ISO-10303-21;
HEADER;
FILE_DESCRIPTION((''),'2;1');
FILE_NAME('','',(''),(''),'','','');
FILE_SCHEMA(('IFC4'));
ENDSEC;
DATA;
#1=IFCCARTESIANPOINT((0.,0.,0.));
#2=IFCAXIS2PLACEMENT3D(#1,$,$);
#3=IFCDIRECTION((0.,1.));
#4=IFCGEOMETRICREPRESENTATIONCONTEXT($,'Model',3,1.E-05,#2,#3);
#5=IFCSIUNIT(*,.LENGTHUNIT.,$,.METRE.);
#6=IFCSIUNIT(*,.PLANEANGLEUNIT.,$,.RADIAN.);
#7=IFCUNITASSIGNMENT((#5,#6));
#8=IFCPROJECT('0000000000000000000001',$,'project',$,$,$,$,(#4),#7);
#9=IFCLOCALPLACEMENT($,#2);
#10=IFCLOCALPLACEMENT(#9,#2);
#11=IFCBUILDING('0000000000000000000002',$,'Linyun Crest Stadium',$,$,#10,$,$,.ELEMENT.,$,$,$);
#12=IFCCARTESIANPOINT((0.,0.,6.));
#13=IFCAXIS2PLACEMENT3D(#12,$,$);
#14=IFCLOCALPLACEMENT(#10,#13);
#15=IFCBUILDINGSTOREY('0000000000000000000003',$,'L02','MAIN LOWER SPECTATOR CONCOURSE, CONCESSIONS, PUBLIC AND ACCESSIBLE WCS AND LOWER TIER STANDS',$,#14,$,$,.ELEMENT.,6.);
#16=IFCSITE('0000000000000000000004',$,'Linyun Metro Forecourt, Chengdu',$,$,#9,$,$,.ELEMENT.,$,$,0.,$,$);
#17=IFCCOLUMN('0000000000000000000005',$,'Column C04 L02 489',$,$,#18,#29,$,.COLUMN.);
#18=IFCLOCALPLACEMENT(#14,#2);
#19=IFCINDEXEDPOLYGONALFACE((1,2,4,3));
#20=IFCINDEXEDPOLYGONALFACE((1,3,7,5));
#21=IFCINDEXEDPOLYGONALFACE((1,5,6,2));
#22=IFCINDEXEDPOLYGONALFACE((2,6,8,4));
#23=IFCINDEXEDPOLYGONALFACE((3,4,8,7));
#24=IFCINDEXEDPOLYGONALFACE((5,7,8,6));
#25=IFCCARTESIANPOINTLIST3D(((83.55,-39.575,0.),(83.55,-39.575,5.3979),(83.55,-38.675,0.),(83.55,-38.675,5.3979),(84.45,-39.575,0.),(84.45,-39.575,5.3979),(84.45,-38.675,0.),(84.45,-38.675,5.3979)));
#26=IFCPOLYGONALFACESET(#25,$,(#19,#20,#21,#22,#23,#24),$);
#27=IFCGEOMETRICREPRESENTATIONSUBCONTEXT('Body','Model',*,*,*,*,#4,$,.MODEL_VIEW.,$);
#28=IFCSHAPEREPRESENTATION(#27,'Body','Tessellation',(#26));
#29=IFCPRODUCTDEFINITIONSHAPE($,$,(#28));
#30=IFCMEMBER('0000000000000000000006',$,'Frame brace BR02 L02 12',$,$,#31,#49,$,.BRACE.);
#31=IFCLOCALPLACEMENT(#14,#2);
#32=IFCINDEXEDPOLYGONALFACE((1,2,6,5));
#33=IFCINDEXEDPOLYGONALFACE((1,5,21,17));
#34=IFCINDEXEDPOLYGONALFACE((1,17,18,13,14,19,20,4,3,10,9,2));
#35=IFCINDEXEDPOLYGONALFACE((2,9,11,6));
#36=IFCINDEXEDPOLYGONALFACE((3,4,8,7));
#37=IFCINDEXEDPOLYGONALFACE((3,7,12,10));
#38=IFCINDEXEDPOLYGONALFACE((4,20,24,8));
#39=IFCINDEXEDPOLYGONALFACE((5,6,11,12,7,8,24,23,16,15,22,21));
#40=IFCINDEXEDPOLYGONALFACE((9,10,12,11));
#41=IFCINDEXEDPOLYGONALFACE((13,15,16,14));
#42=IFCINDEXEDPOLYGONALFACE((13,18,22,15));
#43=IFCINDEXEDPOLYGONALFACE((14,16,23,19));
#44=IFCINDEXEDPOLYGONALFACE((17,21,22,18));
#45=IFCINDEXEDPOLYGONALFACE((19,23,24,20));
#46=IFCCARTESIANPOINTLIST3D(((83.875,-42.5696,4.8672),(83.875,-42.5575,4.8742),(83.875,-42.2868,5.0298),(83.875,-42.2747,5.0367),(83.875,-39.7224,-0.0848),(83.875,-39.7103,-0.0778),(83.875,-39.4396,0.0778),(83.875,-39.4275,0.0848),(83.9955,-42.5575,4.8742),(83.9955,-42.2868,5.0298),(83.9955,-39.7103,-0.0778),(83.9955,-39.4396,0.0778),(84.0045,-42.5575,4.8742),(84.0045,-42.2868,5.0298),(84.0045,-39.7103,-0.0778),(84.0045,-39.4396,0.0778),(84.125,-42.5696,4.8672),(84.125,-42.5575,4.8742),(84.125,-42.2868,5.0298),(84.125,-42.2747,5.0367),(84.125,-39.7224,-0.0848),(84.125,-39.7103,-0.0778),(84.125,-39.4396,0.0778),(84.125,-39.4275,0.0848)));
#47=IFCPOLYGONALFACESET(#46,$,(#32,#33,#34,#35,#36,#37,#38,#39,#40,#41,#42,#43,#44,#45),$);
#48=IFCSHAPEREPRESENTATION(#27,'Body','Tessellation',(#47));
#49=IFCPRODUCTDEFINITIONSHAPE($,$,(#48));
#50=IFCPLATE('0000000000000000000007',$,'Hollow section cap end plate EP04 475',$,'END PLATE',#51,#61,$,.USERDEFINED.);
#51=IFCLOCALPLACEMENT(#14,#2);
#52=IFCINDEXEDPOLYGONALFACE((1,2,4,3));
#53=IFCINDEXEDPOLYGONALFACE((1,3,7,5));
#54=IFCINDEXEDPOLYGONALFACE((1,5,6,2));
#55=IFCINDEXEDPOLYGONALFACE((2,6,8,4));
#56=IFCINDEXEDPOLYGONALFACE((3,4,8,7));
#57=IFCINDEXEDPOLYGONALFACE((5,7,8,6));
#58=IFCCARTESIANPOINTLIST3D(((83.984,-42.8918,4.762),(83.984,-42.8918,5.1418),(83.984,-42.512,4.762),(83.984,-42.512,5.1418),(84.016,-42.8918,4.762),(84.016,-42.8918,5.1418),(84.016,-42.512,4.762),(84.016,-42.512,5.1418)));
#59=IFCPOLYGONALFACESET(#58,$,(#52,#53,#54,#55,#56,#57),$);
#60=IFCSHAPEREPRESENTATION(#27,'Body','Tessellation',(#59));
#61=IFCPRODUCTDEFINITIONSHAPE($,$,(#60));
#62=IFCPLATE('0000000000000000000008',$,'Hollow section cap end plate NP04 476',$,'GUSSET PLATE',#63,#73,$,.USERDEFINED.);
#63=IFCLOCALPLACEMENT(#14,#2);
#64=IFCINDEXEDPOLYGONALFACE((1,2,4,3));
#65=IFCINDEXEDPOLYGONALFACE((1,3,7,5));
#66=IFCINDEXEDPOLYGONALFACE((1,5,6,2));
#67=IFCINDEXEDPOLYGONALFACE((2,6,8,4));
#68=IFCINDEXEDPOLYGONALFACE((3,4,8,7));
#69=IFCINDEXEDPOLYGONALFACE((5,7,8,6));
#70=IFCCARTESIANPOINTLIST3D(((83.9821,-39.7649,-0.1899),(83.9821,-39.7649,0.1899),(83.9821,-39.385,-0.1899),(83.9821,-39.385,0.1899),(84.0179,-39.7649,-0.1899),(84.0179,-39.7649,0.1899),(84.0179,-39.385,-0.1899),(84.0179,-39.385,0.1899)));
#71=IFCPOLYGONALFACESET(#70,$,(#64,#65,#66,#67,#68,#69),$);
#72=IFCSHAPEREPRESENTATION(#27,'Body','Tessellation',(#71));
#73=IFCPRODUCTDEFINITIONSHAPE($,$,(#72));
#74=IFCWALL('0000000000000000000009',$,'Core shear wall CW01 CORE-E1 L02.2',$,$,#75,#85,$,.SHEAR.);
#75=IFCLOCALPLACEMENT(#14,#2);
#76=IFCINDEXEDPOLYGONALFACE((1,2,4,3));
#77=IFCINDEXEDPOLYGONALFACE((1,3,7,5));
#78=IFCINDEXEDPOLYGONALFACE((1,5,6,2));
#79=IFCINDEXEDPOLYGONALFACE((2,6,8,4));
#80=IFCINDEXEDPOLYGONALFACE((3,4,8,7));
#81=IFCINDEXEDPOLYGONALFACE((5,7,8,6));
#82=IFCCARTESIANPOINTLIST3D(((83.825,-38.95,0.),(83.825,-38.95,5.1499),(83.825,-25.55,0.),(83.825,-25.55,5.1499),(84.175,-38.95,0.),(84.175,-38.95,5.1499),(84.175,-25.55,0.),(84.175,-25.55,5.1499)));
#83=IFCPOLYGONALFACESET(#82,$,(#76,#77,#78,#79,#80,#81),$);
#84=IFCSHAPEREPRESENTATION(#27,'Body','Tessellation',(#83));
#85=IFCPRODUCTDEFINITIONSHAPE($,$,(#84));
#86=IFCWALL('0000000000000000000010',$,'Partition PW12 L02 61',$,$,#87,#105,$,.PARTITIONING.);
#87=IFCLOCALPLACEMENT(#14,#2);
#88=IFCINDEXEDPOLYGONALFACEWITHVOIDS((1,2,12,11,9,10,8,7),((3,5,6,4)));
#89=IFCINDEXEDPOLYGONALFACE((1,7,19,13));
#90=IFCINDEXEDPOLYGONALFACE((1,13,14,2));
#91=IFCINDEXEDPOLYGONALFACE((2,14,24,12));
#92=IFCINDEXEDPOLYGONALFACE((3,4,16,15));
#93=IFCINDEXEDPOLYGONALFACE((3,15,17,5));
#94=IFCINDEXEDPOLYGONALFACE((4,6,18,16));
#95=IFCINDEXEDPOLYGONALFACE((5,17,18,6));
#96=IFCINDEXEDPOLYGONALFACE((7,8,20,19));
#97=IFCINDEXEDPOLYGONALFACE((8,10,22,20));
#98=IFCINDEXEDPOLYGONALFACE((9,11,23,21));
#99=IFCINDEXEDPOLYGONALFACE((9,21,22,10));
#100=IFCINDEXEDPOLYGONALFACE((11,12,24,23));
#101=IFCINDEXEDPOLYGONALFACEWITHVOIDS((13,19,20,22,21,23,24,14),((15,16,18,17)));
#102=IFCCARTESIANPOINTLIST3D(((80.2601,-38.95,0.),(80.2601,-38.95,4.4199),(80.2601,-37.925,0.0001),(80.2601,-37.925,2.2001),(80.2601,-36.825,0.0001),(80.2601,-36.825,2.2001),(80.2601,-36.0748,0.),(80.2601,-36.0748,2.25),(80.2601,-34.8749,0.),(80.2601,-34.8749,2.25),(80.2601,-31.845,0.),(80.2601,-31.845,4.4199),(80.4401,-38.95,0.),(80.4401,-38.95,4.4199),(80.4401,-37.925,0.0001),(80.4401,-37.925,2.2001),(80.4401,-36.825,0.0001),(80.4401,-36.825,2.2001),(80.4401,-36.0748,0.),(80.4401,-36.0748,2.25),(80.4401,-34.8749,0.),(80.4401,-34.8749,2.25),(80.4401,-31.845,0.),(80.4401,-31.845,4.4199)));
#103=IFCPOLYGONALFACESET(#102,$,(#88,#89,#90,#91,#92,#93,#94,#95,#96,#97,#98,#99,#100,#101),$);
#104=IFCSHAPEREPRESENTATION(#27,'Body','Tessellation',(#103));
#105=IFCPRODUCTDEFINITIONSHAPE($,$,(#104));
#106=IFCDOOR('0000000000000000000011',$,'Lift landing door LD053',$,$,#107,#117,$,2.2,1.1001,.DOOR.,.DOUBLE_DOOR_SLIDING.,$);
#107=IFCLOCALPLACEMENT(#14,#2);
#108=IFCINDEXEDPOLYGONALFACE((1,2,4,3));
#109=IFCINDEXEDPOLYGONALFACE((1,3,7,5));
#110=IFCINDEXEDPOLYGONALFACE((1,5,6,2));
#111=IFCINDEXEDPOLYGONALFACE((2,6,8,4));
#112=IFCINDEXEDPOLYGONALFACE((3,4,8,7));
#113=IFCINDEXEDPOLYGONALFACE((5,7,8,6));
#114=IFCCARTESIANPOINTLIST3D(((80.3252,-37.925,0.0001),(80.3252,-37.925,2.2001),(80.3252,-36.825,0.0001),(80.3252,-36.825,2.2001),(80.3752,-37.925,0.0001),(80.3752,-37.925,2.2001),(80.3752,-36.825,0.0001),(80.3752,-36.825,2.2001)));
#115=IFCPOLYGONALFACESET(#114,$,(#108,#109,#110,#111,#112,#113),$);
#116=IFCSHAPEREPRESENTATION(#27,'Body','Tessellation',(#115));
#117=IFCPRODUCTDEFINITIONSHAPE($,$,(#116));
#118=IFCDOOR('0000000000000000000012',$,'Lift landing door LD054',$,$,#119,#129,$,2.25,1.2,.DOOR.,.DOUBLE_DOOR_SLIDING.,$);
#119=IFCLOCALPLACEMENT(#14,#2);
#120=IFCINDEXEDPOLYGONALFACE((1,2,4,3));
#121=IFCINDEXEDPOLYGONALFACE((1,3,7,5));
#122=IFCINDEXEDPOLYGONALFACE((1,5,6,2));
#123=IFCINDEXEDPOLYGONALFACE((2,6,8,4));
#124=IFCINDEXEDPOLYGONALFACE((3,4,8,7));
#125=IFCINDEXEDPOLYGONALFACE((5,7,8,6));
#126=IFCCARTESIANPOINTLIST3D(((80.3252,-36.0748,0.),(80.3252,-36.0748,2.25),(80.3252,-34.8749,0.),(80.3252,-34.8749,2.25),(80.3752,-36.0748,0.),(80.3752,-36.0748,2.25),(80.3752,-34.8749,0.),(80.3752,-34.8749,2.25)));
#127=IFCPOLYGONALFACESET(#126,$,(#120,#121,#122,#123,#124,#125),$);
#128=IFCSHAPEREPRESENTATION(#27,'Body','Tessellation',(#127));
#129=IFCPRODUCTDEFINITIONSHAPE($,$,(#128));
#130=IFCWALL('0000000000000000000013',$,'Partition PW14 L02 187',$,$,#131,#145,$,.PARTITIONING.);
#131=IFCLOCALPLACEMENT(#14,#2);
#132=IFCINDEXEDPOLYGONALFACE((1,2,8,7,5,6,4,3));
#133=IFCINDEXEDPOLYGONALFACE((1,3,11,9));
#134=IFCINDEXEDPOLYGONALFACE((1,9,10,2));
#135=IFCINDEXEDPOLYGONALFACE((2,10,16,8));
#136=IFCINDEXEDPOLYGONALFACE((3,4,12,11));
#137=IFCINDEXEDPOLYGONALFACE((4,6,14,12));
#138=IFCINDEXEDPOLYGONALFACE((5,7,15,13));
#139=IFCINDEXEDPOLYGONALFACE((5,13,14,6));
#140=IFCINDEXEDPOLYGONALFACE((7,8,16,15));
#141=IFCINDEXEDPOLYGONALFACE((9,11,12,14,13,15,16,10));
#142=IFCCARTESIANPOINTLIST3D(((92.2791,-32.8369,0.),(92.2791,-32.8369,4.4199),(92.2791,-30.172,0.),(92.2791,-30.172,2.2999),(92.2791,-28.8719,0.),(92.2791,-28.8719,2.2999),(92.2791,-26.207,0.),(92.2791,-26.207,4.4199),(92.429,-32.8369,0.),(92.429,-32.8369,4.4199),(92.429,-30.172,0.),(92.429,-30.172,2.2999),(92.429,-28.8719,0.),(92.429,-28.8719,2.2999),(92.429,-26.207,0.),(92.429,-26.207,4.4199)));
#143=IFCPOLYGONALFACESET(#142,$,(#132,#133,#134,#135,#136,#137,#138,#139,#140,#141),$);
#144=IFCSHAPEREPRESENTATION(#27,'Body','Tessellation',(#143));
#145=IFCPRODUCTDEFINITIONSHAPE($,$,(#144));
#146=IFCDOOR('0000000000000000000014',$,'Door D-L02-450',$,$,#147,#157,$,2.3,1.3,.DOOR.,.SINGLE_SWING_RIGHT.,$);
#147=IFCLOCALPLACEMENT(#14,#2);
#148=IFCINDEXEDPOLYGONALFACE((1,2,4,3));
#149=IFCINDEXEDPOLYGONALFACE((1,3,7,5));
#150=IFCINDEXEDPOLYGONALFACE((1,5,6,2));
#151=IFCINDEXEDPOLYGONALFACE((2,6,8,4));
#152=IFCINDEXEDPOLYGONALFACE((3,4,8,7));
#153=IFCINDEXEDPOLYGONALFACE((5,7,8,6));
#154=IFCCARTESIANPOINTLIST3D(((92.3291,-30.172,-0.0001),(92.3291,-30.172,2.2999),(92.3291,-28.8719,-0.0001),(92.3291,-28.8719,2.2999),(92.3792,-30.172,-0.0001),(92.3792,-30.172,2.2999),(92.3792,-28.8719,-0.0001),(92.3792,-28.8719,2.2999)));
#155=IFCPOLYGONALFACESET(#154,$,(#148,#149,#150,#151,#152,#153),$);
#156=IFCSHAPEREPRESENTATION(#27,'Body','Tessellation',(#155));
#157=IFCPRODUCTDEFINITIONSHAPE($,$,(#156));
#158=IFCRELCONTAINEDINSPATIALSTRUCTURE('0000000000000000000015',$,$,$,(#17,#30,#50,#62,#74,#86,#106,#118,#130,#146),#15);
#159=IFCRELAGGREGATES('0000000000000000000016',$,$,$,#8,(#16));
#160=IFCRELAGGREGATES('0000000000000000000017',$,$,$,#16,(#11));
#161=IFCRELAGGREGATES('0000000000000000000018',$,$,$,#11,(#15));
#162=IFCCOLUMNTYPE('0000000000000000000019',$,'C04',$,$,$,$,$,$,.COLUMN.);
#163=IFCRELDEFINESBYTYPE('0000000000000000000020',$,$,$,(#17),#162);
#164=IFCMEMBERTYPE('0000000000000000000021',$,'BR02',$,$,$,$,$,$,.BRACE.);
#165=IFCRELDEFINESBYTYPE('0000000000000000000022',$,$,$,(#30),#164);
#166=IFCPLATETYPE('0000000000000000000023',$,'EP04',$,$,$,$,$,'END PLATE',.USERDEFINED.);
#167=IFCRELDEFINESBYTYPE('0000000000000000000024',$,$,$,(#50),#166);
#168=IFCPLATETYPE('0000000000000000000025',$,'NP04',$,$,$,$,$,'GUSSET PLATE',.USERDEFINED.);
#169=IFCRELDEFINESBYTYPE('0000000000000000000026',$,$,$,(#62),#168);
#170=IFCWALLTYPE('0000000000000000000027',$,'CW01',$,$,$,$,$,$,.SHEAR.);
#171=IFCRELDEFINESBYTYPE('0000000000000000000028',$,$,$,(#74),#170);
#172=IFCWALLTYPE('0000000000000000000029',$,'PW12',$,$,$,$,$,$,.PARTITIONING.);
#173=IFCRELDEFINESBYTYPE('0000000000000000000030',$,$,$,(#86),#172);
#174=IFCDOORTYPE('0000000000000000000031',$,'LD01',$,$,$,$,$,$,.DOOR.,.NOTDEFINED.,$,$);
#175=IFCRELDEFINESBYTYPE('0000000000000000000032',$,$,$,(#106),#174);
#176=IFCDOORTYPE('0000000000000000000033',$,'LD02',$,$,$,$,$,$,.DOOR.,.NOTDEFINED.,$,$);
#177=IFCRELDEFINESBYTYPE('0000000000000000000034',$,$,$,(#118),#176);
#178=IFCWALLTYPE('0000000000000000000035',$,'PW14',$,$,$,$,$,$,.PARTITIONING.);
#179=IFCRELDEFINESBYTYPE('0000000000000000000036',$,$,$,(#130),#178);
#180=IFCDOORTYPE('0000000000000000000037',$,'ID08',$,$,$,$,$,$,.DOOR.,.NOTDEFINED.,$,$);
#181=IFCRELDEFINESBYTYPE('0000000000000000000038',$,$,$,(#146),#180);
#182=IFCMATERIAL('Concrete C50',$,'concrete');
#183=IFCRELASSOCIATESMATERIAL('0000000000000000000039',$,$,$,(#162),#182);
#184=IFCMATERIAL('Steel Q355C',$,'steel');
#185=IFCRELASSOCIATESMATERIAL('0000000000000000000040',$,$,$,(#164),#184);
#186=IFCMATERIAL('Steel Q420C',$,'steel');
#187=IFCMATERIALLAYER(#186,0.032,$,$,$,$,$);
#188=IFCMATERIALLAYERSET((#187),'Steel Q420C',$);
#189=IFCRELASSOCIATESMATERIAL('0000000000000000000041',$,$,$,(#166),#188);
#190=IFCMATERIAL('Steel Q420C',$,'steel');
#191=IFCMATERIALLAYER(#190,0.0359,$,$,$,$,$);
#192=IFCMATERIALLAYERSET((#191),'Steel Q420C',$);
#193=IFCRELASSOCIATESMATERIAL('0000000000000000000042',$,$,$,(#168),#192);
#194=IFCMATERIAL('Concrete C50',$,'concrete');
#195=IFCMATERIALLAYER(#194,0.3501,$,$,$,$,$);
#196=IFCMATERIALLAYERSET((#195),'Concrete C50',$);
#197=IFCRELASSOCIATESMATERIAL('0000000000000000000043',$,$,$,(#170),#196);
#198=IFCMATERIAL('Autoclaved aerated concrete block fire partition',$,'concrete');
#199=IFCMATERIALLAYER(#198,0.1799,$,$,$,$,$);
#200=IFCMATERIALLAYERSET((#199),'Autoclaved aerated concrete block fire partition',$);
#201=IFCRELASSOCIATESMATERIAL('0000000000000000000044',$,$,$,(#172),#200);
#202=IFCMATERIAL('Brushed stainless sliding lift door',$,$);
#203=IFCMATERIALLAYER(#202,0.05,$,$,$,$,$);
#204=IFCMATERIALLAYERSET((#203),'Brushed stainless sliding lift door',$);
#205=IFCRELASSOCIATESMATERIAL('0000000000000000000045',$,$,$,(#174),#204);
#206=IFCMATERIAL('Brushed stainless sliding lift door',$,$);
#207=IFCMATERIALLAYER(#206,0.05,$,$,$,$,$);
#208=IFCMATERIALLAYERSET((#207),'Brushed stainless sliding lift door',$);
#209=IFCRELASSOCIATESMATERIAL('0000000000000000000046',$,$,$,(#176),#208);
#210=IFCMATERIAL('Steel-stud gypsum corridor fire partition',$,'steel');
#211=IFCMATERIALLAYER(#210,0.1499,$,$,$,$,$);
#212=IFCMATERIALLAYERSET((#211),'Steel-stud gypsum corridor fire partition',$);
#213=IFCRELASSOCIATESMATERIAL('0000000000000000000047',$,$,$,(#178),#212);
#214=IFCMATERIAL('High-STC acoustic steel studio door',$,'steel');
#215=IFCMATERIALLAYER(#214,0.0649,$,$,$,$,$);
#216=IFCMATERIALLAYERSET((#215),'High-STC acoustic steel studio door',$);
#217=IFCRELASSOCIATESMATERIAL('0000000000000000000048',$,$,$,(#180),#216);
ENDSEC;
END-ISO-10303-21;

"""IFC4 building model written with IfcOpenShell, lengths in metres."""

from ifc_helpers import new_model, si_unit, direction, frame, frame_2d, origin, origin_2d, place, context, subcontext, project, spatial, rectangle, i_section, extrude, material, layer, layer_set, material_profile, profile_set, type_object, element, fill, save


model = new_model("IFC4")

# Units and contexts
model_context = context("Model", 3, precision=1e-05, world=origin(), true_north=direction((0.0, 1.0)))
body_context = subcontext(model_context, "Body", "Model", "MODEL_VIEW")
ifc_project = project(units=[si_unit("LENGTHUNIT", "METRE"), si_unit("PLANEANGLEUNIT", "RADIAN")], contexts=[model_context])

# Site, building, storey
site_placement = place(None, origin())
site = spatial("IfcSite", under=ifc_project, at=site_placement, Name="Linyun Metro Forecourt, Chengdu", CompositionType="ELEMENT", RefElevation=0.0)
building_placement = place(site_placement, origin())
building = spatial("IfcBuilding", under=site, at=building_placement, Name="Linyun Crest Stadium", CompositionType="ELEMENT")
storey_placement = place(building_placement, frame((0.0, 0.0, 6.0)))
storey = spatial("IfcBuildingStorey", under=building, at=storey_placement, Name="L02", Description="MAIN LOWER SPECTATOR CONCOURSE, CONCESSIONS, PUBLIC AND ACCESSIBLE WCS AND LOWER TIER STANDS", CompositionType="ELEMENT", Elevation=6.0)

# Column
ifc_material_1 = material(Name="Concrete C50", Category="concrete")
ifc_material_profile_1 = material_profile(ifc_material_1, rectangle(XDim=0.8999, YDim=0.8999, at=origin_2d()), Name="RC 900x900")
ifc_profile_set_1 = profile_set([ifc_material_profile_1], Name="Concrete C50")
column_type = type_object("IfcColumnType", Name="C04", PredefinedType="COLUMN", material=ifc_profile_set_1)
column_placement = place(storey_placement, frame((84.0, -39.125, 0.0), z_axis=(0.0, 0.0, 1.0), x_axis=(1.0, 0.0, 0.0)))
element("IfcColumn", 1, at=column_placement, inside=storey, type_object=column_type, Name="Column C04 L02 489", PredefinedType="COLUMN", context=body_context, shape_type="SweptSolid", body=[
    extrude(rectangle(XDim=0.8999, YDim=0.8999, at=origin_2d()), origin(), (0.0, 0.0, 1.0), 5.3979),
])

# Member
ifc_material_2 = material(Name="Steel Q355C", Category="steel")
ifc_material_profile_2 = material_profile(ifc_material_2, i_section(OverallWidth=0.25, OverallDepth=0.3401, WebThickness=0.009, FlangeThickness=0.0139, at=origin_2d()), Name="HM 340x250")
ifc_profile_set_2 = profile_set([ifc_material_profile_2], Name="Steel Q355C")
member_type = type_object("IfcMemberType", Name="BR02", PredefinedType="BRACE", material=ifc_profile_set_2)
member_placement = place(storey_placement, frame((84.0, -39.575, 0.0), z_axis=(0.0, -0.498448, 0.86692), x_axis=(1.0, 0.0, 0.0)))
element("IfcMember", 2, at=member_placement, inside=storey, type_object=member_type, Name="Frame brace BR02 L02 12", PredefinedType="BRACE", context=body_context, shape_type="SweptSolid", body=[
    extrude(i_section(OverallWidth=0.25, OverallDepth=0.3401, WebThickness=0.009, FlangeThickness=0.0139, at=origin_2d()), origin(), (0.0, 0.0, 1.0), 5.7122),
])

# Plates
ifc_material_3 = material(Name="Steel Q420C", Category="steel")
ifc_layer_1 = layer(ifc_material_3, 0.032)
ifc_layer_set_1 = layer_set([ifc_layer_1], Name="Steel Q420C")
plate_type_1 = type_object("IfcPlateType", Name="EP04", ElementType="END PLATE", PredefinedType="USERDEFINED", material=ifc_layer_set_1)
plate_1_placement = place(storey_placement, frame((84.0, -42.7019, 4.762), z_axis=(0.0, 0.0, 1.0), x_axis=(0.0, 1.0, 0.0)))
element("IfcPlate", 3, at=plate_1_placement, inside=storey, type_object=plate_type_1, Name="Hollow section cap end plate EP04 475", ObjectType="END PLATE", PredefinedType="USERDEFINED", context=body_context, shape_type="SweptSolid", body=[
    extrude(rectangle(XDim=0.3799, YDim=0.032, at=origin_2d()), origin(), (0.0, 0.0, 1.0), 0.3799),
])
ifc_material_4 = material(Name="Steel Q420C", Category="steel")
ifc_layer_2 = layer(ifc_material_4, 0.0359)
ifc_layer_set_2 = layer_set([ifc_layer_2], Name="Steel Q420C")
plate_type_2 = type_object("IfcPlateType", Name="NP04", ElementType="GUSSET PLATE", PredefinedType="USERDEFINED", material=ifc_layer_set_2)
plate_2_placement = place(storey_placement, frame((84.0, -39.575, -0.1899), z_axis=(0.0, 0.0, 1.0), x_axis=(0.0, 1.0, 0.0)))
element("IfcPlate", 4, at=plate_2_placement, inside=storey, type_object=plate_type_2, Name="Hollow section cap end plate NP04 476", ObjectType="GUSSET PLATE", PredefinedType="USERDEFINED", context=body_context, shape_type="SweptSolid", body=[
    extrude(rectangle(XDim=0.3799, YDim=0.0359, at=origin_2d()), origin(), (0.0, 0.0, 1.0), 0.3799),
])

# Wall
ifc_material_5 = material(Name="Concrete C50", Category="concrete")
ifc_layer_3 = layer(ifc_material_5, 0.3501)
ifc_layer_set_3 = layer_set([ifc_layer_3], Name="Concrete C50")
wall_type_1 = type_object("IfcWallType", Name="CW01", PredefinedType="SHEAR", material=ifc_layer_set_3)
wall_1_placement = place(storey_placement, frame((84.0, -38.95, 0.0), z_axis=(0.0, 0.0, 1.0), x_axis=(0.0, 1.0, 0.0)))
element("IfcWall", 5, at=wall_1_placement, inside=storey, type_object=wall_type_1, Name="Core shear wall CW01 CORE-E1 L02.2", PredefinedType="SHEAR", context=body_context, shape_type="SweptSolid", body=[
    extrude(rectangle(XDim=13.3999, YDim=0.3501, at=frame_2d((6.7, 0.0))), origin(), (0.0, 0.0, 1.0), 5.1499),
])

# Wall, openings, doors
ifc_material_6 = material(Name="Autoclaved aerated concrete block fire partition", Category="concrete")
ifc_layer_4 = layer(ifc_material_6, 0.1799)
ifc_layer_set_4 = layer_set([ifc_layer_4], Name="Autoclaved aerated concrete block fire partition")
wall_type_2 = type_object("IfcWallType", Name="PW12", PredefinedType="PARTITIONING", material=ifc_layer_set_4)
wall_2_placement = place(storey_placement, frame((80.3501, -38.95, 0.0), z_axis=(0.0, 0.0, 1.0), x_axis=(0.0, 1.0, 0.0)))
wall_2 = element("IfcWall", 6, at=wall_2_placement, inside=storey, type_object=wall_type_2, Name="Partition PW12 L02 61", PredefinedType="PARTITIONING", context=body_context, shape_type="SweptSolid", body=[
    extrude(rectangle(XDim=7.105, YDim=0.1799, at=frame_2d((3.5525, 0.0))), origin(), (0.0, 0.0, 1.0), 4.4199),
])
opening_1_placement = place(wall_2_placement, frame((1.0249, 0.0, 0.0)))
opening_1 = element("IfcOpeningElement", 7, at=opening_1_placement, cuts=wall_2, PredefinedType="OPENING", context=body_context, shape_type="SweptSolid", body=[
    extrude(rectangle(XDim=1.1001, YDim=2.2, at=frame_2d((0.55, 1.1001))), frame((0.0, 0.0999, 0.0), z_axis=(0.0, -1.0, 0.0), x_axis=(1.0, 0.0, 0.0)), (0.0, 0.0, 1.0), 0.2),
])
opening_2_placement = place(wall_2_placement, frame((2.875, 0.0, 0.0)))
opening_2 = element("IfcOpeningElement", 8, at=opening_2_placement, cuts=wall_2, PredefinedType="OPENING", context=body_context, shape_type="SweptSolid", body=[
    extrude(rectangle(XDim=1.2, YDim=2.25, at=frame_2d((0.6001, 1.125))), frame((0.0, 0.0999, 0.0), z_axis=(0.0, -1.0, 0.0), x_axis=(1.0, 0.0, 0.0)), (0.0, 0.0, 1.0), 0.2),
])
ifc_material_7 = material(Name="Brushed stainless sliding lift door")
ifc_layer_5 = layer(ifc_material_7, 0.05)
ifc_layer_set_5 = layer_set([ifc_layer_5], Name="Brushed stainless sliding lift door")
door_type_1 = type_object("IfcDoorType", Name="LD01", OperationType="NOTDEFINED", PredefinedType="DOOR", material=ifc_layer_set_5)
door_1_placement = place(opening_1_placement, origin())
door_1 = element("IfcDoor", 9, at=door_1_placement, inside=storey, type_object=door_type_1, Name="Lift landing door LD053", OperationType="DOUBLE_DOOR_SLIDING", OverallHeight=2.2, OverallWidth=1.1001, PredefinedType="DOOR", context=body_context, shape_type="SweptSolid", body=[
    extrude(rectangle(XDim=1.1001, YDim=2.2, at=frame_2d((0.55, 1.1001))), frame((0.0, 0.0249, 0.0), z_axis=(0.0, -1.0, 0.0), x_axis=(1.0, 0.0, 0.0)), (0.0, 0.0, 1.0), 0.05),
])
fill(opening_1, door_1)
ifc_material_8 = material(Name="Brushed stainless sliding lift door")
ifc_layer_6 = layer(ifc_material_8, 0.05)
ifc_layer_set_6 = layer_set([ifc_layer_6], Name="Brushed stainless sliding lift door")
door_type_2 = type_object("IfcDoorType", Name="LD02", OperationType="NOTDEFINED", PredefinedType="DOOR", material=ifc_layer_set_6)
door_2_placement = place(opening_2_placement, origin())
door_2 = element("IfcDoor", 10, at=door_2_placement, inside=storey, type_object=door_type_2, Name="Lift landing door LD054", OperationType="DOUBLE_DOOR_SLIDING", OverallHeight=2.25, OverallWidth=1.2, PredefinedType="DOOR", context=body_context, shape_type="SweptSolid", body=[
    extrude(rectangle(XDim=1.2, YDim=2.25, at=frame_2d((0.6001, 1.125))), frame((0.0, 0.0249, 0.0), z_axis=(0.0, -1.0, 0.0), x_axis=(1.0, 0.0, 0.0)), (0.0, 0.0, 1.0), 0.05),
])
fill(opening_2, door_2)

# Wall, opening, door
ifc_material_9 = material(Name="Steel-stud gypsum corridor fire partition", Category="steel")
ifc_layer_7 = layer(ifc_material_9, 0.1499)
ifc_layer_set_7 = layer_set([ifc_layer_7], Name="Steel-stud gypsum corridor fire partition")
wall_type_3 = type_object("IfcWallType", Name="PW14", PredefinedType="PARTITIONING", material=ifc_layer_set_7)
wall_3_placement = place(storey_placement, frame((92.354, -32.8369, 0.0), z_axis=(0.0, 0.0, 1.0), x_axis=(0.0, 1.0, 0.0)))
wall_3 = element("IfcWall", 11, at=wall_3_placement, inside=storey, type_object=wall_type_3, Name="Partition PW14 L02 187", PredefinedType="PARTITIONING", context=body_context, shape_type="SweptSolid", body=[
    extrude(rectangle(XDim=6.6299, YDim=0.1499, at=frame_2d((3.3149, 0.0))), origin(), (0.0, 0.0, 1.0), 4.4199),
])
opening_3_placement = place(wall_3_placement, frame((2.665, 0.0, 0.0)))
opening_3 = element("IfcOpeningElement", 12, at=opening_3_placement, cuts=wall_3, PredefinedType="OPENING", context=body_context, shape_type="SweptSolid", body=[
    extrude(rectangle(XDim=1.3, YDim=2.3, at=frame_2d((0.6499, 1.1499))), frame((0.0, 0.085, 0.0), z_axis=(0.0, -1.0, 0.0), x_axis=(1.0, 0.0, 0.0)), (0.0, 0.0, 1.0), 0.1699),
])
ifc_material_10 = material(Name="High-STC acoustic steel studio door", Category="steel")
ifc_layer_8 = layer(ifc_material_10, 0.0649)
ifc_layer_set_8 = layer_set([ifc_layer_8], Name="High-STC acoustic steel studio door")
door_type_3 = type_object("IfcDoorType", Name="ID08", OperationType="NOTDEFINED", PredefinedType="DOOR", material=ifc_layer_set_8)
door_3_placement = place(opening_3_placement, origin())
door_3 = element("IfcDoor", 13, at=door_3_placement, inside=storey, type_object=door_type_3, Name="Door D-L02-450", OperationType="SINGLE_SWING_RIGHT", OverallHeight=2.3, OverallWidth=1.3, PredefinedType="DOOR", context=body_context, shape_type="SweptSolid", body=[
    extrude(rectangle(XDim=1.3, YDim=2.3, at=frame_2d((0.6499, 1.1499))), frame((0.0, 0.0249, 0.0), z_axis=(0.0, -1.0, 0.0), x_axis=(1.0, 0.0, 0.0)), (0.0, 0.0, 1.0), 0.05),
])
fill(opening_3, door_3)

save(model, "model.ifc")
